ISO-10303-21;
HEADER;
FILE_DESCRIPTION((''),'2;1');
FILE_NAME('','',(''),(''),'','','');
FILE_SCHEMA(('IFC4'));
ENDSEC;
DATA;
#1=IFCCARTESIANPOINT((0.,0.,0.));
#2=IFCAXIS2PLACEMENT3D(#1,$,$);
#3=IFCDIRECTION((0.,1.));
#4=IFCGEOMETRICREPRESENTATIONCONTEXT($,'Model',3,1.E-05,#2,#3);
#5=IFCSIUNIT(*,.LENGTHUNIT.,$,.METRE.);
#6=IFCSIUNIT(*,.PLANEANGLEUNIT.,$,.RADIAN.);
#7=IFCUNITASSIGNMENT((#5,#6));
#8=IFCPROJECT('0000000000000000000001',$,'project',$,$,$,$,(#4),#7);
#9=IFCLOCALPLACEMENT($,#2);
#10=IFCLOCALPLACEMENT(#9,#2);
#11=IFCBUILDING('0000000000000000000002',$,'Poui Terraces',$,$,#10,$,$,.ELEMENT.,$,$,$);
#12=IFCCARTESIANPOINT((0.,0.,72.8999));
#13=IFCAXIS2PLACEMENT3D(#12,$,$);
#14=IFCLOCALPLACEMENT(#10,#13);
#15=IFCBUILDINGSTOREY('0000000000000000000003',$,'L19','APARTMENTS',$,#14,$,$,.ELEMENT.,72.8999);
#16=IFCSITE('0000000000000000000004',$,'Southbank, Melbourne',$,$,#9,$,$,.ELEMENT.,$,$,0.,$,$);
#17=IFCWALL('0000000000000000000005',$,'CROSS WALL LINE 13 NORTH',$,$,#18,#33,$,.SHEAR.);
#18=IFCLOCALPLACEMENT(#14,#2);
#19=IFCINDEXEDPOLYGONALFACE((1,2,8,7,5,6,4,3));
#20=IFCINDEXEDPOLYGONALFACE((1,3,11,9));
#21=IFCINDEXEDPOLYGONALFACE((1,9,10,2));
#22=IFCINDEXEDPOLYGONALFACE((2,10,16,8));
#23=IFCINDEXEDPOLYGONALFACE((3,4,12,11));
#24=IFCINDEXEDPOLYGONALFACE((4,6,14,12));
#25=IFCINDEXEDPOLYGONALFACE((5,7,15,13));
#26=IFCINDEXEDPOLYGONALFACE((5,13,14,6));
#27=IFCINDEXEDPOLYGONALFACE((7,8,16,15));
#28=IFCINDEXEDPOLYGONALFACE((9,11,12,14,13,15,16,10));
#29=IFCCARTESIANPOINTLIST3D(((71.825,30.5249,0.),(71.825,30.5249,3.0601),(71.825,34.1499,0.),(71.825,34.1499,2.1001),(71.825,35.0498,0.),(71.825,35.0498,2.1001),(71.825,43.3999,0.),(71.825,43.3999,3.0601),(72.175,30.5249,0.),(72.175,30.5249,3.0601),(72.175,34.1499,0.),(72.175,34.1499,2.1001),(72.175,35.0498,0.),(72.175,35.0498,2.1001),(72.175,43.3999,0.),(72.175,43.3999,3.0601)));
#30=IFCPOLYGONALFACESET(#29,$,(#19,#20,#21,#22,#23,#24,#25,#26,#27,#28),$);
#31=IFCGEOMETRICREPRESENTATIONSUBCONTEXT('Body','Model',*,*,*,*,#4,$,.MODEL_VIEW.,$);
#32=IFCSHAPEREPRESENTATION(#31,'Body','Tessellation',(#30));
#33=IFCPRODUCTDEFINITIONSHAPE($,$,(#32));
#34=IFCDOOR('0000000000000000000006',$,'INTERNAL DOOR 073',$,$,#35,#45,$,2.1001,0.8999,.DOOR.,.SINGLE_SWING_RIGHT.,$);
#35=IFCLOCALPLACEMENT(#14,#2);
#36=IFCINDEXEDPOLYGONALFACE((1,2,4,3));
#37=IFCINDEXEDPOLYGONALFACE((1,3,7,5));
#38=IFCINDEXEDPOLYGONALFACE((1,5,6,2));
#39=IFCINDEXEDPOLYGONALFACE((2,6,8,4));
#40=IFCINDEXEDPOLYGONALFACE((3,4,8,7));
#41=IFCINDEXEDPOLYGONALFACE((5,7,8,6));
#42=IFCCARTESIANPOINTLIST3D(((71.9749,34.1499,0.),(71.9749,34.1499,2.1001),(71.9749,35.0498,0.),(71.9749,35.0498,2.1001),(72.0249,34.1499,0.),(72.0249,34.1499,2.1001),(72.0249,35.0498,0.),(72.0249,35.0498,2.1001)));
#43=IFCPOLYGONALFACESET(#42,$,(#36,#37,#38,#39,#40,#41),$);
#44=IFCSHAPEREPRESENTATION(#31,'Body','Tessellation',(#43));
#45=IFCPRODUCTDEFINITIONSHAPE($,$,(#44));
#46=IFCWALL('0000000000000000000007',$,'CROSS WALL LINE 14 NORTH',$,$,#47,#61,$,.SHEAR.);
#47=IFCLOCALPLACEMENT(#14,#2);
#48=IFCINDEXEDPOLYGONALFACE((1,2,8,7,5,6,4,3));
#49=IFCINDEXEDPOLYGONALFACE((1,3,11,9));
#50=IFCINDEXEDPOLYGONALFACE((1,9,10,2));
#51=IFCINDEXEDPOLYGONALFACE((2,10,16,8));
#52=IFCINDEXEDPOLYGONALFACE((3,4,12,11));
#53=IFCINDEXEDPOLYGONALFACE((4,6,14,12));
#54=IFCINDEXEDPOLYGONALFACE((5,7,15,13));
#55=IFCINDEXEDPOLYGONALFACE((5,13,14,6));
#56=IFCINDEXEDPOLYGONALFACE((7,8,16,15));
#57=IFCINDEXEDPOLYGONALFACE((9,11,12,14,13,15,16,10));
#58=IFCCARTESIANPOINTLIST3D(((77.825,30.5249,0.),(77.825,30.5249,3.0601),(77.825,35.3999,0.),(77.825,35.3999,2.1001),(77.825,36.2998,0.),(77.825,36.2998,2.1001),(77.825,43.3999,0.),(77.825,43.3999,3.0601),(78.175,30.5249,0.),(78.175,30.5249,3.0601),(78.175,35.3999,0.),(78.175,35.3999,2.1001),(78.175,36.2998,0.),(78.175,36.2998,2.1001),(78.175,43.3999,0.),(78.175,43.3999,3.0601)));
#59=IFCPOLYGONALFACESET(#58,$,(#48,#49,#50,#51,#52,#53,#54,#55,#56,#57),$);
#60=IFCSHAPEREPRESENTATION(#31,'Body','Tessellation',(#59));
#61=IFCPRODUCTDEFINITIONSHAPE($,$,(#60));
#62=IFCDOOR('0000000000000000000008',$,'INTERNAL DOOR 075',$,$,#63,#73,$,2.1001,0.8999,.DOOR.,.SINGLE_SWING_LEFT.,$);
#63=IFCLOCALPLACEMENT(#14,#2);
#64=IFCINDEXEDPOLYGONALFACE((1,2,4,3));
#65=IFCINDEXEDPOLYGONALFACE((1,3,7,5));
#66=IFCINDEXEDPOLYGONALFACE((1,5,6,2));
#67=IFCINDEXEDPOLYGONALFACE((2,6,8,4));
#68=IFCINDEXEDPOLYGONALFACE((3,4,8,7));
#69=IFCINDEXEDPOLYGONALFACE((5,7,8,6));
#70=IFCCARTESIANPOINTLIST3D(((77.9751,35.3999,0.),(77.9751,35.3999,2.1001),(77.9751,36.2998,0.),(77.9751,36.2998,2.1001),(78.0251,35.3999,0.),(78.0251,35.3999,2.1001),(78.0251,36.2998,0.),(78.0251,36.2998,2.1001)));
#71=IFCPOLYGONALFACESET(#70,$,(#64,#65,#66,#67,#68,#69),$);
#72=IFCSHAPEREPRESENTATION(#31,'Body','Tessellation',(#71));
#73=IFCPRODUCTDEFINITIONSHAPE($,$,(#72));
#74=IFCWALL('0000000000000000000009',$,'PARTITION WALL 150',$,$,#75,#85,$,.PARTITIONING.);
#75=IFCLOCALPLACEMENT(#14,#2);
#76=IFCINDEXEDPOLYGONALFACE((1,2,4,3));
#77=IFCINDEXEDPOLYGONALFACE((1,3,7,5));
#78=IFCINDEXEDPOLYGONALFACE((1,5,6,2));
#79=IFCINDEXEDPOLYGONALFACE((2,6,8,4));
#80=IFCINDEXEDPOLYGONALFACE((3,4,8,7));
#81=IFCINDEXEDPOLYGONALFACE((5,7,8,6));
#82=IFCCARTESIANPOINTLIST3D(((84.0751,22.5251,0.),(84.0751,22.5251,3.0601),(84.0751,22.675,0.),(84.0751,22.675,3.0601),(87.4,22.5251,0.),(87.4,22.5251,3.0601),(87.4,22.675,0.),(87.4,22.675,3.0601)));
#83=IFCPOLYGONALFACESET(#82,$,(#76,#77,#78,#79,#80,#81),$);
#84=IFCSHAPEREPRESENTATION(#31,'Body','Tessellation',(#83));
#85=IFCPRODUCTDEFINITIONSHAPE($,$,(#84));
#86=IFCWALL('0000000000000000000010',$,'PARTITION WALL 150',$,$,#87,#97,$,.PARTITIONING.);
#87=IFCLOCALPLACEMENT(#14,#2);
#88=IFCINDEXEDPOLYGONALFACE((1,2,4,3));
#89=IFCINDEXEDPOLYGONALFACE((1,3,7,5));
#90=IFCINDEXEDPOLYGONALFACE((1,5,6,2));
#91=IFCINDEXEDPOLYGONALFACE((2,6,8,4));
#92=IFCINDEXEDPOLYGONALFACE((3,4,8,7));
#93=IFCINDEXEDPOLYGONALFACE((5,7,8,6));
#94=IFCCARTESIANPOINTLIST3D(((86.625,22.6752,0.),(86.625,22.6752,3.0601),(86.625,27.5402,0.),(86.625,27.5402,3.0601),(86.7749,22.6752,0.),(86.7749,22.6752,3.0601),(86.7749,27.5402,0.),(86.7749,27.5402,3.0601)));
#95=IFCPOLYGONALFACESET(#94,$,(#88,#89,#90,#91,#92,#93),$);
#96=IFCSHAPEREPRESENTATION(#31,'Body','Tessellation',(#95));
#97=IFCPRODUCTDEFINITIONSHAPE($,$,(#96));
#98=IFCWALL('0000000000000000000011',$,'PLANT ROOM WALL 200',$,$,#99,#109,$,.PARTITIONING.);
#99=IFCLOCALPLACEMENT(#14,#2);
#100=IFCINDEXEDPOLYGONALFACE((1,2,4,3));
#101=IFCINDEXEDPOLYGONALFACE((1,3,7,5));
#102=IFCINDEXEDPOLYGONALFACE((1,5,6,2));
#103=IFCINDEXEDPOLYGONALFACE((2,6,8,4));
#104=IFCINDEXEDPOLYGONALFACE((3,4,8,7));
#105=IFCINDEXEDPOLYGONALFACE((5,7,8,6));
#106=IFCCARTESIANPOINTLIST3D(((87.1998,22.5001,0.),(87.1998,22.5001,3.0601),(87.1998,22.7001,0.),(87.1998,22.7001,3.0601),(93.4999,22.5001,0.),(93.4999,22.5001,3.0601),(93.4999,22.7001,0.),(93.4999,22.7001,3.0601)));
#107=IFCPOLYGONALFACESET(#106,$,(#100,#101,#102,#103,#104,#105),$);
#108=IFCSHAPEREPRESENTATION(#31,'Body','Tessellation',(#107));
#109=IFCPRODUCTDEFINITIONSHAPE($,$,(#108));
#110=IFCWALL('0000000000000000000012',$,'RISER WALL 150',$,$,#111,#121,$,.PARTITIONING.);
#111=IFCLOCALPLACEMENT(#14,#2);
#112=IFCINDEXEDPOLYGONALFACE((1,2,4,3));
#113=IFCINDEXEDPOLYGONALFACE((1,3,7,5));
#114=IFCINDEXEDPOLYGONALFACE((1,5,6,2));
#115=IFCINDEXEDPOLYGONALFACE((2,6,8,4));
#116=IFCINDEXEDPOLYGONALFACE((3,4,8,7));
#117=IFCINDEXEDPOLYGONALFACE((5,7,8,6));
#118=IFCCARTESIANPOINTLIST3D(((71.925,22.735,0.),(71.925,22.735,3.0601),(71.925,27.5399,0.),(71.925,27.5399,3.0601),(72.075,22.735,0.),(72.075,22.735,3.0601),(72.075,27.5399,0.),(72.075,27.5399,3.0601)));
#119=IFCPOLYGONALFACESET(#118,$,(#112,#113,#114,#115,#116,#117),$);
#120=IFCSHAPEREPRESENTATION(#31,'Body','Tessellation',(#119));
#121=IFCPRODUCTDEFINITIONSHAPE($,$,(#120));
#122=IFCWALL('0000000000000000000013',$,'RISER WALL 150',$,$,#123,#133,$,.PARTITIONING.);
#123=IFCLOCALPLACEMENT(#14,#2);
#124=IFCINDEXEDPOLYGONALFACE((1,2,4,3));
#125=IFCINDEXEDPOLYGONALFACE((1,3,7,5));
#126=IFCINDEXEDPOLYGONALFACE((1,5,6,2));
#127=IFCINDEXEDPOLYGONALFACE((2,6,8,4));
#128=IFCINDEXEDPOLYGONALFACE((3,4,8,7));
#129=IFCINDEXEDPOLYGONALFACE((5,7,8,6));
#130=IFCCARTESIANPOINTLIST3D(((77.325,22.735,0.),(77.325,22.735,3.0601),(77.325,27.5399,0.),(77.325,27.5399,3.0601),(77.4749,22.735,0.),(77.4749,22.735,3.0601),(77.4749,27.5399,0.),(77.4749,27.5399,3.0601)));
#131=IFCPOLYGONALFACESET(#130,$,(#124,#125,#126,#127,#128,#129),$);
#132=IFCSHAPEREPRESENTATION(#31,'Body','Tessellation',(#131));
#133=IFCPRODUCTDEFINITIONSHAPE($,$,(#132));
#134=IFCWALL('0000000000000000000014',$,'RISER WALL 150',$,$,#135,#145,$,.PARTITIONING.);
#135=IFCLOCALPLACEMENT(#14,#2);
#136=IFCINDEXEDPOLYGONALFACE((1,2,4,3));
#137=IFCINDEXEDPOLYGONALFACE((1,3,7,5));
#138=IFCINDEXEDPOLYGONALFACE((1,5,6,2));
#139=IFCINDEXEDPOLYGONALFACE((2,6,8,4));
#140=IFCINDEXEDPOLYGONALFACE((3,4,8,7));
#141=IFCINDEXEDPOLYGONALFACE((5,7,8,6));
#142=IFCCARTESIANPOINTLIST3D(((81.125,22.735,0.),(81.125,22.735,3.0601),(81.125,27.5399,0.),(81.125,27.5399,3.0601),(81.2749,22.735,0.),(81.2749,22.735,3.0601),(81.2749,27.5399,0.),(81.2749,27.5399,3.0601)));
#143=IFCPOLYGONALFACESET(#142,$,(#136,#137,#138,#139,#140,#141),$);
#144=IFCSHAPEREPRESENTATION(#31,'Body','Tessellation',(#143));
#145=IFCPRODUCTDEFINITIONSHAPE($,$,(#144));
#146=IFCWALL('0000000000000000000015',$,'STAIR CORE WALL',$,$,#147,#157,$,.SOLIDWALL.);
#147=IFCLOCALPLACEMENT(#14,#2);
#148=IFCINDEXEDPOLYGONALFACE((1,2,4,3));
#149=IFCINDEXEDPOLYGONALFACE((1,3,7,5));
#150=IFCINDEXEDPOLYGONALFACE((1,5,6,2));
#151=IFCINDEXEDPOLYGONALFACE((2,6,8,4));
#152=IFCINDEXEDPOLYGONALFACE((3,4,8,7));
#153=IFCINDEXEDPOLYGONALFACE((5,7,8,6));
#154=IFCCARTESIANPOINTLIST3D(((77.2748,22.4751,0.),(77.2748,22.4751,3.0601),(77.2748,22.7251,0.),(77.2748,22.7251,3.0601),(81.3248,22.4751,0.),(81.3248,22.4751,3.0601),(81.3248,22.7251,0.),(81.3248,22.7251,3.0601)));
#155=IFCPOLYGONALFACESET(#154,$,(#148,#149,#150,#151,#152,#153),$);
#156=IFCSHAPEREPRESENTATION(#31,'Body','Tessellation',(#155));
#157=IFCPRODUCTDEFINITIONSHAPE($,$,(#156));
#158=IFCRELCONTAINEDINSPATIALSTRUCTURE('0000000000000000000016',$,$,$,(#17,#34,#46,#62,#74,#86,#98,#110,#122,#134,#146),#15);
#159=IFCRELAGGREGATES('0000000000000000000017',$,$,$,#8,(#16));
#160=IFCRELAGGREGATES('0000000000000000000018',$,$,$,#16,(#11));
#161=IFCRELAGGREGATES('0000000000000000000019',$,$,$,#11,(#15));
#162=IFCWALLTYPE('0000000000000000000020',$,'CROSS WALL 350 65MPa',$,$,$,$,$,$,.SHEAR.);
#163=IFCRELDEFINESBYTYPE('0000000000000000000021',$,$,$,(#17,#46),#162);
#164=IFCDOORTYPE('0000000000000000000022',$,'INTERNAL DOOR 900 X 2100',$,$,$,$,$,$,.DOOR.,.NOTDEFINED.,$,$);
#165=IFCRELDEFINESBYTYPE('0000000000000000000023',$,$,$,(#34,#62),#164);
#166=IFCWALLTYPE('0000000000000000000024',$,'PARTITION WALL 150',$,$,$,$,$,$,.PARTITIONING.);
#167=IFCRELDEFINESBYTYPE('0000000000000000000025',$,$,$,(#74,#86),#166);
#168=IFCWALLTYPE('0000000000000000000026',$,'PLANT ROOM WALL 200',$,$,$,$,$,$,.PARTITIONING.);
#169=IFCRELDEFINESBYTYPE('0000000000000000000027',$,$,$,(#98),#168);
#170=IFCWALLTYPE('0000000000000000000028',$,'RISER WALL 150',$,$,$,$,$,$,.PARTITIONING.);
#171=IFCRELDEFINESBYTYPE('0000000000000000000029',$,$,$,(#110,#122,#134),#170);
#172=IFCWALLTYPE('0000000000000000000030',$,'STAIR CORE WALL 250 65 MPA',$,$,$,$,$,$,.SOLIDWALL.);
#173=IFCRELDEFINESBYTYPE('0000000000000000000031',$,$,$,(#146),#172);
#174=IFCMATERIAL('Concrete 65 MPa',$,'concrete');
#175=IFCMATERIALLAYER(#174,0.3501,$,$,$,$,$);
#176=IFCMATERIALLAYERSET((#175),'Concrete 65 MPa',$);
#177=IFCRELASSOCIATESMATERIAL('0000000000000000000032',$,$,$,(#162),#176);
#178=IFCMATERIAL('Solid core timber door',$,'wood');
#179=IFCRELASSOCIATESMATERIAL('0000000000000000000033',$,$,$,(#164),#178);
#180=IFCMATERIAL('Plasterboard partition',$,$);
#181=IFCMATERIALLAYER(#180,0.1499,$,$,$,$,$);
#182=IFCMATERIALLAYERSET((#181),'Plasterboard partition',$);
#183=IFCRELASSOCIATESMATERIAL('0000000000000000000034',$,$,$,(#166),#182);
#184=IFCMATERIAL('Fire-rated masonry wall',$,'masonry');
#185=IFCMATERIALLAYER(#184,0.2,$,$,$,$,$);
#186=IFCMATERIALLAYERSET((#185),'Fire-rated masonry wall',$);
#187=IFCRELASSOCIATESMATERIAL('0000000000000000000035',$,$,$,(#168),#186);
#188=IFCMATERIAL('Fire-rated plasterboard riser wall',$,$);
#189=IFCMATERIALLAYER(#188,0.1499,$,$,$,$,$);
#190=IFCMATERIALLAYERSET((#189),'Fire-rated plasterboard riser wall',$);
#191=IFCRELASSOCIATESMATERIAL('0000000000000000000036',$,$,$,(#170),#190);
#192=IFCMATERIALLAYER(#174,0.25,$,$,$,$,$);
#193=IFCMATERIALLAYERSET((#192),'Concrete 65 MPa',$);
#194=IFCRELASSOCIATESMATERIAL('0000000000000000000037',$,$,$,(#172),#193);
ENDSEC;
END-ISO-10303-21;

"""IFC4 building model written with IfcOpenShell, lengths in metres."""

from ifc_helpers import new_model, si_unit, direction, frame, frame_2d, origin, place, context, subcontext, project, spatial, rectangle, extrude, material, layer, layer_set, type_object, element, fill, save


model = new_model("IFC4")

# Units and contexts
model_context = context("Model", 3, precision=1e-05, world=origin(), true_north=direction((0.0, 1.0)))
body_context = subcontext(model_context, "Body", "Model", "MODEL_VIEW")
ifc_project = project(units=[si_unit("LENGTHUNIT", "METRE"), si_unit("PLANEANGLEUNIT", "RADIAN")], contexts=[model_context])

# Site, building, storey
site_placement = place(None, origin())
site = spatial("IfcSite", under=ifc_project, at=site_placement, Name="Southbank, Melbourne", CompositionType="ELEMENT", RefElevation=0.0)
building_placement = place(site_placement, origin())
building = spatial("IfcBuilding", under=site, at=building_placement, Name="Poui Terraces", CompositionType="ELEMENT")
storey_placement = place(building_placement, frame((0.0, 0.0, 72.8999)))
storey = spatial("IfcBuildingStorey", under=building, at=storey_placement, Name="L19", Description="APARTMENTS", CompositionType="ELEMENT", Elevation=72.8999)

# Shared definitions
ifc_material_1 = material(Name="Concrete 65 MPa", Category="concrete")

# Walls, openings, doors
ifc_material_2 = material(Name="Solid core timber door", Category="wood")
ifc_layer_1 = layer(ifc_material_1, 0.3501)
ifc_layer_set_1 = layer_set([ifc_layer_1], Name="Concrete 65 MPa")
wall_type_1 = type_object("IfcWallType", Name="CROSS WALL 350 65MPa", PredefinedType="SHEAR", material=ifc_layer_set_1)
wall_1_placement = place(storey_placement, frame((72.0, 30.5249, 0.0), z_axis=(0.0, 0.0, 1.0), x_axis=(0.0, 1.0, 0.0)))
wall_1 = element("IfcWall", 1, at=wall_1_placement, inside=storey, type_object=wall_type_1, Name="CROSS WALL LINE 13 NORTH", PredefinedType="SHEAR", context=body_context, shape_type="SweptSolid", body=[
    extrude(rectangle(XDim=12.875, YDim=0.3501, at=frame_2d((6.4375, 0.0))), origin(), (0.0, 0.0, 1.0), 3.0601),
])
opening_1_placement = place(wall_1_placement, frame((3.625, 0.0, 0.0)))
opening_1 = element("IfcOpeningElement", 2, at=opening_1_placement, cuts=wall_1, PredefinedType="OPENING", context=body_context, shape_type="SweptSolid", body=[
    extrude(rectangle(XDim=0.8999, YDim=2.1001, at=frame_2d((0.45, 1.05))), frame((0.0, 0.1851, 0.0), z_axis=(0.0, -1.0, 0.0), x_axis=(1.0, 0.0, 0.0)), (0.0, 0.0, 1.0), 0.3701),
])
door_type_1 = type_object("IfcDoorType", Name="INTERNAL DOOR 900 X 2100", OperationType="NOTDEFINED", PredefinedType="DOOR", material=ifc_material_2)
door_1_placement = place(opening_1_placement, frame((0.8999, 0.0, 0.0), z_axis=(0.0, 0.0, 1.0), x_axis=(-1.0, 0.0, 0.0)))
door_1 = element("IfcDoor", 3, at=door_1_placement, inside=storey, type_object=door_type_1, Name="INTERNAL DOOR 073", OperationType="SINGLE_SWING_RIGHT", OverallHeight=2.1001, OverallWidth=0.8999, PredefinedType="DOOR", context=body_context, shape_type="SweptSolid", body=[
    extrude(rectangle(XDim=0.8999, YDim=2.1001, at=frame_2d((0.45, 1.05))), frame((0.0, 0.0249, 0.0), z_axis=(0.0, -1.0, 0.0), x_axis=(1.0, 0.0, 0.0)), (0.0, 0.0, 1.0), 0.05),
])
fill(opening_1, door_1)
wall_2_placement = place(storey_placement, frame((78.0, 30.5249, 0.0), z_axis=(0.0, 0.0, 1.0), x_axis=(0.0, 1.0, 0.0)))
wall_2 = element("IfcWall", 4, at=wall_2_placement, inside=storey, type_object=wall_type_1, Name="CROSS WALL LINE 14 NORTH", PredefinedType="SHEAR", context=body_context, shape_type="SweptSolid", body=[
    extrude(rectangle(XDim=12.875, YDim=0.3501, at=frame_2d((6.4375, 0.0))), origin(), (0.0, 0.0, 1.0), 3.0601),
])
opening_2_placement = place(wall_2_placement, frame((4.875, 0.0, 0.0)))
opening_2 = element("IfcOpeningElement", 5, at=opening_2_placement, cuts=wall_2, PredefinedType="OPENING", context=body_context, shape_type="SweptSolid", body=[
    extrude(rectangle(XDim=0.8999, YDim=2.1001, at=frame_2d((0.45, 1.05))), frame((0.0, 0.1851, 0.0), z_axis=(0.0, -1.0, 0.0), x_axis=(1.0, 0.0, 0.0)), (0.0, 0.0, 1.0), 0.3701),
])
door_2_placement = place(opening_2_placement, origin())
door_2 = element("IfcDoor", 6, at=door_2_placement, inside=storey, type_object=door_type_1, Name="INTERNAL DOOR 075", OperationType="SINGLE_SWING_LEFT", OverallHeight=2.1001, OverallWidth=0.8999, PredefinedType="DOOR", context=body_context, shape_type="SweptSolid", body=[
    extrude(rectangle(XDim=0.8999, YDim=2.1001, at=frame_2d((0.45, 1.05))), frame((0.0, 0.0249, 0.0), z_axis=(0.0, -1.0, 0.0), x_axis=(1.0, 0.0, 0.0)), (0.0, 0.0, 1.0), 0.05),
])
fill(opening_2, door_2)

# Walls
ifc_material_3 = material(Name="Plasterboard partition")
ifc_layer_2 = layer(ifc_material_3, 0.1499)
ifc_layer_set_2 = layer_set([ifc_layer_2], Name="Plasterboard partition")
wall_type_2 = type_object("IfcWallType", Name="PARTITION WALL 150", PredefinedType="PARTITIONING", material=ifc_layer_set_2)
wall_3_placement = place(storey_placement, frame((84.075, 22.6001, 0.0), z_axis=(0.0, 0.0, 1.0), x_axis=(1.0, 0.0, 0.0)))
element("IfcWall", 7, at=wall_3_placement, inside=storey, type_object=wall_type_2, Name="PARTITION WALL 150", PredefinedType="PARTITIONING", context=body_context, shape_type="SweptSolid", body=[
    extrude(rectangle(XDim=3.325, YDim=0.1499, at=frame_2d((1.6626, 0.0))), origin(), (0.0, 0.0, 1.0), 3.0601),
])
wall_4_placement = place(storey_placement, frame((86.7, 22.675, 0.0), z_axis=(0.0, 0.0, 1.0), x_axis=(0.0, 1.0, 0.0)))
element("IfcWall", 8, at=wall_4_placement, inside=storey, type_object=wall_type_2, Name="PARTITION WALL 150", PredefinedType="PARTITIONING", context=body_context, shape_type="SweptSolid", body=[
    extrude(rectangle(XDim=4.865, YDim=0.1499, at=frame_2d((2.4326, 0.0))), origin(), (0.0, 0.0, 1.0), 3.0601),
])
ifc_material_4 = material(Name="Fire-rated masonry wall", Category="masonry")
ifc_layer_3 = layer(ifc_material_4, 0.2)
ifc_layer_set_3 = layer_set([ifc_layer_3], Name="Fire-rated masonry wall")
wall_type_3 = type_object("IfcWallType", Name="PLANT ROOM WALL 200", PredefinedType="PARTITIONING", material=ifc_layer_set_3)
wall_5_placement = place(storey_placement, frame((87.2, 22.6001, 0.0), z_axis=(0.0, 0.0, 1.0), x_axis=(1.0, 0.0, 0.0)))
element("IfcWall", 9, at=wall_5_placement, inside=storey, type_object=wall_type_3, Name="PLANT ROOM WALL 200", PredefinedType="PARTITIONING", context=body_context, shape_type="SweptSolid", body=[
    extrude(rectangle(XDim=6.3, YDim=0.2, at=frame_2d((3.1499, 0.0))), origin(), (0.0, 0.0, 1.0), 3.0601),
])
ifc_material_5 = material(Name="Fire-rated plasterboard riser wall")
ifc_layer_4 = layer(ifc_material_5, 0.1499)
ifc_layer_set_4 = layer_set([ifc_layer_4], Name="Fire-rated plasterboard riser wall")
wall_type_4 = type_object("IfcWallType", Name="RISER WALL 150", PredefinedType="PARTITIONING", material=ifc_layer_set_4)
for number, where, z_axis, x_axis, name in (
    (10, (72.0, 22.7351, 0.0), (0.0, 0.0, 1.0), (0.0, 1.0, 0.0), "RISER WALL 150"),
    (11, (77.3999, 22.7351, 0.0), (0.0, 0.0, 1.0), (0.0, 1.0, 0.0), "RISER WALL 150"),
    (12, (81.2, 22.7351, 0.0), (0.0, 0.0, 1.0), (0.0, 1.0, 0.0), "RISER WALL 150"),
):
    element("IfcWall", number, at=place(storey_placement, frame(where, z_axis=z_axis, x_axis=x_axis)), inside=storey, type_object=wall_type_4, Name=name, PredefinedType="PARTITIONING", context=body_context, shape_type="SweptSolid", body=[
        extrude(rectangle(XDim=4.8049, YDim=0.1499, at=frame_2d((2.4023, 0.0))), origin(), (0.0, 0.0, 1.0), 3.0601),
    ])
ifc_layer_5 = layer(ifc_material_1, 0.25)
ifc_layer_set_5 = layer_set([ifc_layer_5], Name="Concrete 65 MPa")
wall_type_5 = type_object("IfcWallType", Name="STAIR CORE WALL 250 65 MPA", PredefinedType="SOLIDWALL", material=ifc_layer_set_5)
wall_6_placement = place(storey_placement, frame((77.2749, 22.6001, 0.0), z_axis=(0.0, 0.0, 1.0), x_axis=(1.0, 0.0, 0.0)))
element("IfcWall", 13, at=wall_6_placement, inside=storey, type_object=wall_type_5, Name="STAIR CORE WALL", PredefinedType="SOLIDWALL", context=body_context, shape_type="SweptSolid", body=[
    extrude(rectangle(XDim=4.05, YDim=0.25, at=frame_2d((2.0249, 0.0))), origin(), (0.0, 0.0, 1.0), 3.0601),
])

save(model, "model.ifc")
